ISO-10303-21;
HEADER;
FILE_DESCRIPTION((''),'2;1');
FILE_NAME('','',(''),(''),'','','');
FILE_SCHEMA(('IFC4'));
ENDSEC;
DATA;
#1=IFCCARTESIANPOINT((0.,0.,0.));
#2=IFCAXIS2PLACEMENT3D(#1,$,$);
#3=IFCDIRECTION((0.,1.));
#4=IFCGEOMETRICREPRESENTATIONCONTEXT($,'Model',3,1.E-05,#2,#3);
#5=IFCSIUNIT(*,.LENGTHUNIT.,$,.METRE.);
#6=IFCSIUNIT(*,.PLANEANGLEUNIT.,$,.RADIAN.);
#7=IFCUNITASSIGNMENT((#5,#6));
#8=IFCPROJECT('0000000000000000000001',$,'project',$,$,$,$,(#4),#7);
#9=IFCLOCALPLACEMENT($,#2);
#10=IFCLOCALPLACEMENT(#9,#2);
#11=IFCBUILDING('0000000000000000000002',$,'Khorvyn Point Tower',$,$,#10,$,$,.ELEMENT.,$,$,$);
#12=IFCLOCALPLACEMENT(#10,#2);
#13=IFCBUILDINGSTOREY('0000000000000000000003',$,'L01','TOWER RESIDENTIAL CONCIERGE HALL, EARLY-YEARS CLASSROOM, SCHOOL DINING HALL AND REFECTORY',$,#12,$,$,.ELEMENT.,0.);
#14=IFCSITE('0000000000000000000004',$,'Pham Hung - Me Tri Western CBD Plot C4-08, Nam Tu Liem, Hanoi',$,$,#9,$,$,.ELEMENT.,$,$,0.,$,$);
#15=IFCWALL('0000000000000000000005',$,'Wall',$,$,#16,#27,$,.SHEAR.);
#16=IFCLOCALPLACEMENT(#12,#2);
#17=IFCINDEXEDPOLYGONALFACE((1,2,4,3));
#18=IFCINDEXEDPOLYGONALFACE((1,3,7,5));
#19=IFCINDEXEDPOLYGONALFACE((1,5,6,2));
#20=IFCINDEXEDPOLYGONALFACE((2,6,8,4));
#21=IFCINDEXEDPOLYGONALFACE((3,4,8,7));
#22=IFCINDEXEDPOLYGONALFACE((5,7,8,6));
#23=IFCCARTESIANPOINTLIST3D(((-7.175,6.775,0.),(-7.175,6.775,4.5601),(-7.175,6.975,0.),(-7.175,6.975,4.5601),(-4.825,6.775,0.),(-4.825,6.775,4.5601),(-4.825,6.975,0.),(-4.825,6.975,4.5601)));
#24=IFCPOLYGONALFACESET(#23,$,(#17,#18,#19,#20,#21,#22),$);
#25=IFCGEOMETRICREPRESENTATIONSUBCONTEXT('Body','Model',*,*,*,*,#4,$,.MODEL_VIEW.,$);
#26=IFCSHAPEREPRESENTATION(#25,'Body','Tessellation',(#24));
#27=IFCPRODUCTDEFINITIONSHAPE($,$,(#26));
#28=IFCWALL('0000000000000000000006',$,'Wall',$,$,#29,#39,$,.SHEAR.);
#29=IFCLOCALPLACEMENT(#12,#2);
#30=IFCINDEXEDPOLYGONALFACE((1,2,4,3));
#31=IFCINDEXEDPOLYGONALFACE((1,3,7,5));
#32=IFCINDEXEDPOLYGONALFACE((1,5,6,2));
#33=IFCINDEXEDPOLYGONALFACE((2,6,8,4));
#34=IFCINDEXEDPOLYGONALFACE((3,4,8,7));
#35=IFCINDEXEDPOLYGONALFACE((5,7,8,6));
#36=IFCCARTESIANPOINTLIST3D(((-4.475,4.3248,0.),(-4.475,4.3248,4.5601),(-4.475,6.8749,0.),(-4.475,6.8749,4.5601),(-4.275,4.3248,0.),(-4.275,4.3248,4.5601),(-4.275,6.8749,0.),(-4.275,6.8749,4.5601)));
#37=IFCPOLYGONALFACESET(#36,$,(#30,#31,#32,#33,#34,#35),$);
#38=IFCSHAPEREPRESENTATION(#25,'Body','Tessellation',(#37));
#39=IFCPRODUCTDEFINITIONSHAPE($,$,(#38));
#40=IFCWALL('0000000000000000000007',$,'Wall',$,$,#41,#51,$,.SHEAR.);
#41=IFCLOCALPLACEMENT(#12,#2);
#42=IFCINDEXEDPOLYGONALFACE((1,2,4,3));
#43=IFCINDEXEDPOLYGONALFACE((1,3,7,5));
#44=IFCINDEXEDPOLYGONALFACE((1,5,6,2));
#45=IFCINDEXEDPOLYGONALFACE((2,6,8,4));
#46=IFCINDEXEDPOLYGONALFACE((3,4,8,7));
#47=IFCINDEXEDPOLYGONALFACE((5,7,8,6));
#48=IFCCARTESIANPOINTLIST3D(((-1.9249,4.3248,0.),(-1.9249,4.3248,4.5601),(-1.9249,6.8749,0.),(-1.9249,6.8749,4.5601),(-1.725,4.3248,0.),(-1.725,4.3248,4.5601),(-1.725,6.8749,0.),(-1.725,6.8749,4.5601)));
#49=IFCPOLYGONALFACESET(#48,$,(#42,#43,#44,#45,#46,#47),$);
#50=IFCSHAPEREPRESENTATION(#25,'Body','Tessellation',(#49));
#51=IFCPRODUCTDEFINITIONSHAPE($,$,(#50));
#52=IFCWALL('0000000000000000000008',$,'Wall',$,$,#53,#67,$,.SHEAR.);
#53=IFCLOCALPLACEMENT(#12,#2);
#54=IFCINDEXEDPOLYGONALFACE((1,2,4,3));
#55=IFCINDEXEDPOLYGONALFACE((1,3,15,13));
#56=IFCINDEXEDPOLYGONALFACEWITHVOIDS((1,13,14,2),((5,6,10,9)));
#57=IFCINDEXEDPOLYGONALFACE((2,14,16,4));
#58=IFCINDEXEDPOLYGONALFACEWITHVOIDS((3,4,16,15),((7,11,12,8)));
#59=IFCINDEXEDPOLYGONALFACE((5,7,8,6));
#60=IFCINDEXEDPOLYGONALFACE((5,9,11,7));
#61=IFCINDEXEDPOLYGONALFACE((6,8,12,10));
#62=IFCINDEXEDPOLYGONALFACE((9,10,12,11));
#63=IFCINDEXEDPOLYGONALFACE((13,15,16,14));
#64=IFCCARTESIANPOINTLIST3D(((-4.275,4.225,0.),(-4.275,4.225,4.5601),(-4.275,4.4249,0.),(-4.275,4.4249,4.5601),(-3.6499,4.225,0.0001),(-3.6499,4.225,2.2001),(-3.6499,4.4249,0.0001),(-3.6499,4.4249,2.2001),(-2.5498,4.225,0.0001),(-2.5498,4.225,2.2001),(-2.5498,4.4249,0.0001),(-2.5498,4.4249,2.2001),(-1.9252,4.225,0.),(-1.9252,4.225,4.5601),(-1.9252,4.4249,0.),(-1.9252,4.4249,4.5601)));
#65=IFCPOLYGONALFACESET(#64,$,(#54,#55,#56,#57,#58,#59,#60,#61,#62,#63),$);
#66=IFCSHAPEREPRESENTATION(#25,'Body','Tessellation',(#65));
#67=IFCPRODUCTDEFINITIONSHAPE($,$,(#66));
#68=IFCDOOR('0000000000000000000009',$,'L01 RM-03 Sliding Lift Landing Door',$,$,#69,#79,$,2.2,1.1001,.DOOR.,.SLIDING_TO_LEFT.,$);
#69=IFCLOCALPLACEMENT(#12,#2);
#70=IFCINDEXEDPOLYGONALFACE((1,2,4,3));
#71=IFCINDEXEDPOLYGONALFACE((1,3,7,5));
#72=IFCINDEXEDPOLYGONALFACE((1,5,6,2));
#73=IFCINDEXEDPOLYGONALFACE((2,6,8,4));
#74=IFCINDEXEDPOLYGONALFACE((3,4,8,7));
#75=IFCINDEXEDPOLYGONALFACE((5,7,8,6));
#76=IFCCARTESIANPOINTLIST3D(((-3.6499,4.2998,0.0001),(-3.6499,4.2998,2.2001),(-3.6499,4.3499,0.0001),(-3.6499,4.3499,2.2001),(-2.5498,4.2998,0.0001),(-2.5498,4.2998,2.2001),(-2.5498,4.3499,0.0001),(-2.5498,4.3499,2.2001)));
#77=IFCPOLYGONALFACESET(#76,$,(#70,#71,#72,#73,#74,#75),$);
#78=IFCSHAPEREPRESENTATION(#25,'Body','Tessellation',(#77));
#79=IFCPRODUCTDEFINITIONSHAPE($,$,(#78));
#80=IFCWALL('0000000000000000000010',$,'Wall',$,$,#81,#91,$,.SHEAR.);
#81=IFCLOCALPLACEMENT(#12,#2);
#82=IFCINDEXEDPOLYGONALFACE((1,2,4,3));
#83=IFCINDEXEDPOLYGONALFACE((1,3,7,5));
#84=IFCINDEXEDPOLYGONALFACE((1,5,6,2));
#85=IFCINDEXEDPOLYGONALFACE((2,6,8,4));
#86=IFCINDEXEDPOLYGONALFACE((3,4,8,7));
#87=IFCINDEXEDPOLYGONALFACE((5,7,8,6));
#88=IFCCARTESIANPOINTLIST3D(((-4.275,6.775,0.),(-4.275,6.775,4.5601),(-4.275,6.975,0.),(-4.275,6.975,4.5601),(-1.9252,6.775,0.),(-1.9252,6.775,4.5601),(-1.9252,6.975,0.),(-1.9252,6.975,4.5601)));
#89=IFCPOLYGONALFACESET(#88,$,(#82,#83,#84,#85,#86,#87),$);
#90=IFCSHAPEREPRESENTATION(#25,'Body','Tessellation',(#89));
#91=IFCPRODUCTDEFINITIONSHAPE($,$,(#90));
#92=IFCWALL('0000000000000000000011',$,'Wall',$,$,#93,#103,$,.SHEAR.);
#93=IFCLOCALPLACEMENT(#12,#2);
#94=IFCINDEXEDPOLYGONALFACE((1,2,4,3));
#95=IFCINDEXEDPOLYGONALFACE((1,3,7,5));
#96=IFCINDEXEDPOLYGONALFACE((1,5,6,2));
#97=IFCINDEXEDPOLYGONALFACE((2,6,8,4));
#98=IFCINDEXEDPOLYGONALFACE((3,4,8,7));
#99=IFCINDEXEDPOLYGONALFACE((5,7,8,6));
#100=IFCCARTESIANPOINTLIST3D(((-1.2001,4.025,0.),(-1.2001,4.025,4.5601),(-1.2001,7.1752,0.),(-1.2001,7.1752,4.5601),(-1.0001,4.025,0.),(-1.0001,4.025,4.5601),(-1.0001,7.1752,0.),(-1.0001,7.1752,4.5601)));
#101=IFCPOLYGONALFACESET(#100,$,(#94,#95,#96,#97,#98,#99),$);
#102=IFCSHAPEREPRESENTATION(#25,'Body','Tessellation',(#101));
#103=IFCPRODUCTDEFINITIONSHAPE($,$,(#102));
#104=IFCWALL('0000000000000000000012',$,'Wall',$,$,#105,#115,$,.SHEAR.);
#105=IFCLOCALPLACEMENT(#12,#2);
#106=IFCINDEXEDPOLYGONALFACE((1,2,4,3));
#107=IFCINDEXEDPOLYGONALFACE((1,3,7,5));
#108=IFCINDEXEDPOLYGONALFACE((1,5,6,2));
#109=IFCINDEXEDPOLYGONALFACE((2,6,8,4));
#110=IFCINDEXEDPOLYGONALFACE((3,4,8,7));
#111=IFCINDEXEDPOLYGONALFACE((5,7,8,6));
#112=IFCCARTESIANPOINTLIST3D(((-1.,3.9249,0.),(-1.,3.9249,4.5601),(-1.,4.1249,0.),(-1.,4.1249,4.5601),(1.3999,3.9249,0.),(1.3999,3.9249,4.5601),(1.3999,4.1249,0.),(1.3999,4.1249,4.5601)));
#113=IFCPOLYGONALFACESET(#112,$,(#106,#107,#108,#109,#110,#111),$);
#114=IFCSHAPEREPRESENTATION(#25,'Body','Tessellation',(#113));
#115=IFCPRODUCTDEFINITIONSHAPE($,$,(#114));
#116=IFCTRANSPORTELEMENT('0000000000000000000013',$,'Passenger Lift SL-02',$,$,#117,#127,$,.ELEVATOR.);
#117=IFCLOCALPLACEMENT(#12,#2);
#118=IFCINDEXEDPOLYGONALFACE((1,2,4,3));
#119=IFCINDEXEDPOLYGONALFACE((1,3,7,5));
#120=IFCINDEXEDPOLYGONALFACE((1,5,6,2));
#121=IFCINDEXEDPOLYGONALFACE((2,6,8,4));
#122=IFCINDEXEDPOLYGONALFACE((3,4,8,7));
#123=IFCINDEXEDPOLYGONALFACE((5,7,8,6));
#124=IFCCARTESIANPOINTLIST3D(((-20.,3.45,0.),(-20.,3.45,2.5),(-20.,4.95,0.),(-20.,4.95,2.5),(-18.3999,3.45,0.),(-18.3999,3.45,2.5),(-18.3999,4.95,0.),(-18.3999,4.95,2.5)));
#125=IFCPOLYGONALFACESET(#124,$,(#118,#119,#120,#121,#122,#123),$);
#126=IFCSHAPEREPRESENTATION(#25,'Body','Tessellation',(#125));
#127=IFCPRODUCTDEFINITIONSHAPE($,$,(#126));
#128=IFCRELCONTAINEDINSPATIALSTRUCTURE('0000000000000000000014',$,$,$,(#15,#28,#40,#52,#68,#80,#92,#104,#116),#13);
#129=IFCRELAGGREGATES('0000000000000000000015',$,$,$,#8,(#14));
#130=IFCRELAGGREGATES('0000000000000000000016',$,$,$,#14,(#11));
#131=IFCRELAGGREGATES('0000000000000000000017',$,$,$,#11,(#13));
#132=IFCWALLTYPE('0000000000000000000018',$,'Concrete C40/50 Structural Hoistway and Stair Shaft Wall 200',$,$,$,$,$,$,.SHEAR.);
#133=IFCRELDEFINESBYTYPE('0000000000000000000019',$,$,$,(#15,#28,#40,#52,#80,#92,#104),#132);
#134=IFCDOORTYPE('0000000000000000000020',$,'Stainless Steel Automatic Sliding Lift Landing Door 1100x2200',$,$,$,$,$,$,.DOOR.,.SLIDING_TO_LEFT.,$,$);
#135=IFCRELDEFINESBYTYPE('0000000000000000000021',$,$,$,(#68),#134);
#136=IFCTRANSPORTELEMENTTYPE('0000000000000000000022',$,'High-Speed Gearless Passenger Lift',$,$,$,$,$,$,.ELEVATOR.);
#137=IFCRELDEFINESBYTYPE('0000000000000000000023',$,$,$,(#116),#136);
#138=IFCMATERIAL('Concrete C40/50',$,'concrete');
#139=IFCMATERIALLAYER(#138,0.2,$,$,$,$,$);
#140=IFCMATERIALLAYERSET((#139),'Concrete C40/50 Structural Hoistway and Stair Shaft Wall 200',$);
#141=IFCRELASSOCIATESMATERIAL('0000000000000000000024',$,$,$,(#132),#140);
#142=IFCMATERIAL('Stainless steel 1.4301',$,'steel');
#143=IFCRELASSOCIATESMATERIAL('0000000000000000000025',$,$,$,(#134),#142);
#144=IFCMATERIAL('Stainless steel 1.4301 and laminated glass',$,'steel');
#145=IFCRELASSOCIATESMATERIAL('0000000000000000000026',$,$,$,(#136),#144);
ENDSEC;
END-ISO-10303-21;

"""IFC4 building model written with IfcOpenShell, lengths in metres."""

from ifc_helpers import new_model, si_unit, direction, frame, frame_2d, origin, origin_2d, place, context, subcontext, project, spatial, rectangle, extrude, material, layer, layer_set, type_object, element, fill, save


model = new_model("IFC4")

# Units and contexts
model_context = context("Model", 3, precision=1e-05, world=origin(), true_north=direction((0.0, 1.0)))
body_context = subcontext(model_context, "Body", "Model", "MODEL_VIEW")
ifc_project = project(units=[si_unit("LENGTHUNIT", "METRE"), si_unit("PLANEANGLEUNIT", "RADIAN")], contexts=[model_context])

# Site, building, storey
site_placement = place(None, origin())
site = spatial("IfcSite", under=ifc_project, at=site_placement, Name="Pham Hung - Me Tri Western CBD Plot C4-08, Nam Tu Liem, Hanoi", CompositionType="ELEMENT", RefElevation=0.0)
building_placement = place(site_placement, origin())
building = spatial("IfcBuilding", under=site, at=building_placement, Name="Khorvyn Point Tower", CompositionType="ELEMENT")
storey_placement = place(building_placement, origin())
storey = spatial("IfcBuildingStorey", under=building, at=storey_placement, Name="L01", Description="TOWER RESIDENTIAL CONCIERGE HALL, EARLY-YEARS CLASSROOM, SCHOOL DINING HALL AND REFECTORY", CompositionType="ELEMENT", Elevation=0.0)

# Shared definitions
ifc_material_1 = material(Name="Concrete C40/50", Category="concrete")

# Shared definitions
ifc_layer_1 = layer(ifc_material_1, 0.2)
ifc_layer_set_1 = layer_set([ifc_layer_1], Name="Concrete C40/50 Structural Hoistway and Stair Shaft Wall 200")
wall_type_1 = type_object("IfcWallType", Name="Concrete C40/50 Structural Hoistway and Stair Shaft Wall 200", PredefinedType="SHEAR", material=ifc_layer_set_1)
ifc_material_2 = material(Name="Stainless steel 1.4301", Category="steel")
door_type = type_object("IfcDoorType", Name="Stainless Steel Automatic Sliding Lift Landing Door 1100x2200", OperationType="SLIDING_TO_LEFT", PredefinedType="DOOR", material=ifc_material_2)

# Walls
wall_1_placement = place(storey_placement, frame((-7.175, 6.875, 0.0), z_axis=(0.0, 0.0, 1.0), x_axis=(1.0, 0.0, 0.0)))
element("IfcWall", 1, at=wall_1_placement, inside=storey, type_object=wall_type_1, Name="Wall", PredefinedType="SHEAR", context=body_context, shape_type="SweptSolid", body=[
    extrude(rectangle(XDim=2.3501, YDim=0.2, at=frame_2d((1.175, 0.0))), origin(), (0.0, 0.0, 1.0), 4.5601),
])
for number, where, z_axis, x_axis, name in (
    (2, (-4.375, 4.325, 0.0), (0.0, 0.0, 1.0), (0.0, 1.0, 0.0), "Wall"),
    (3, (-1.825, 4.325, 0.0), (0.0, 0.0, 1.0), (0.0, 1.0, 0.0), "Wall"),
):
    element("IfcWall", number, at=place(storey_placement, frame(where, z_axis=z_axis, x_axis=x_axis)), inside=storey, type_object=wall_type_1, Name=name, PredefinedType="SHEAR", context=body_context, shape_type="SweptSolid", body=[
        extrude(rectangle(XDim=2.55, YDim=0.2, at=frame_2d((1.2749, 0.0))), origin(), (0.0, 0.0, 1.0), 4.5601),
    ])

# Wall, opening, door
wall_2_placement = place(storey_placement, frame((-4.2749, 4.325, 0.0), z_axis=(0.0, 0.0, 1.0), x_axis=(1.0, 0.0, 0.0)))
wall_2 = element("IfcWall", 4, at=wall_2_placement, inside=storey, type_object=wall_type_1, Name="Wall", PredefinedType="SHEAR", context=body_context, shape_type="SweptSolid", body=[
    extrude(rectangle(XDim=2.3499, YDim=0.2, at=frame_2d((1.1748, 0.0))), origin(), (0.0, 0.0, 1.0), 4.5601),
])
opening_1_placement = place(wall_2_placement, frame((0.625, 0.0, 0.0)))
opening_1 = element("IfcOpeningElement", 5, at=opening_1_placement, cuts=wall_2, PredefinedType="OPENING", context=body_context, shape_type="SweptSolid", body=[
    extrude(rectangle(XDim=1.1001, YDim=2.2, at=frame_2d((0.55, 1.1001))), frame((0.0, 0.1099, 0.0), z_axis=(0.0, -1.0, 0.0), x_axis=(1.0, 0.0, 0.0)), (0.0, 0.0, 1.0), 0.22),
])
door_1_placement = place(opening_1_placement, origin())
door_1 = element("IfcDoor", 6, at=door_1_placement, inside=storey, type_object=door_type, Name="L01 RM-03 Sliding Lift Landing Door", OperationType="SLIDING_TO_LEFT", OverallHeight=2.2, OverallWidth=1.1001, PredefinedType="DOOR", context=body_context, shape_type="SweptSolid", body=[
    extrude(rectangle(XDim=1.1001, YDim=2.2, at=frame_2d((0.55, 1.1001))), frame((0.0, 0.0249, 0.0), z_axis=(0.0, -1.0, 0.0), x_axis=(1.0, 0.0, 0.0)), (0.0, 0.0, 1.0), 0.05),
])
fill(opening_1, door_1)

# Walls
wall_3_placement = place(storey_placement, frame((-4.2749, 6.875, 0.0), z_axis=(0.0, 0.0, 1.0), x_axis=(1.0, 0.0, 0.0)))
element("IfcWall", 7, at=wall_3_placement, inside=storey, type_object=wall_type_1, Name="Wall", PredefinedType="SHEAR", context=body_context, shape_type="SweptSolid", body=[
    extrude(rectangle(XDim=2.3499, YDim=0.2, at=frame_2d((1.1748, 0.0))), origin(), (0.0, 0.0, 1.0), 4.5601),
])
wall_4_placement = place(storey_placement, frame((-1.1001, 4.0249, 0.0), z_axis=(0.0, 0.0, 1.0), x_axis=(0.0, 1.0, 0.0)))
element("IfcWall", 8, at=wall_4_placement, inside=storey, type_object=wall_type_1, Name="Wall", PredefinedType="SHEAR", context=body_context, shape_type="SweptSolid", body=[
    extrude(rectangle(XDim=3.1501, YDim=0.2, at=frame_2d((1.5752, 0.0))), origin(), (0.0, 0.0, 1.0), 4.5601),
])
wall_5_placement = place(storey_placement, frame((-1.0, 4.0249, 0.0), z_axis=(0.0, 0.0, 1.0), x_axis=(1.0, 0.0, 0.0)))
element("IfcWall", 9, at=wall_5_placement, inside=storey, type_object=wall_type_1, Name="Wall", PredefinedType="SHEAR", context=body_context, shape_type="SweptSolid", body=[
    extrude(rectangle(XDim=2.3999, YDim=0.2, at=frame_2d((1.2, 0.0))), origin(), (0.0, 0.0, 1.0), 4.5601),
])

# Transport element
ifc_material_3 = material(Name="Stainless steel 1.4301 and laminated glass", Category="steel")
transport_element_type = type_object("IfcTransportElementType", Name="High-Speed Gearless Passenger Lift", PredefinedType="ELEVATOR", material=ifc_material_3)
transport_element_placement = place(storey_placement, frame((-19.2, 4.2, 0.0), z_axis=(0.0, 0.0, 1.0), x_axis=(1.0, 0.0, 0.0)))
element("IfcTransportElement", 10, at=transport_element_placement, inside=storey, type_object=transport_element_type, Name="Passenger Lift SL-02", PredefinedType="ELEVATOR", context=body_context, shape_type="SweptSolid", body=[
    extrude(rectangle(XDim=1.6001, YDim=1.5, at=origin_2d()), origin(), (0.0, 0.0, 1.0), 2.5),
])

save(model, "model.ifc")
